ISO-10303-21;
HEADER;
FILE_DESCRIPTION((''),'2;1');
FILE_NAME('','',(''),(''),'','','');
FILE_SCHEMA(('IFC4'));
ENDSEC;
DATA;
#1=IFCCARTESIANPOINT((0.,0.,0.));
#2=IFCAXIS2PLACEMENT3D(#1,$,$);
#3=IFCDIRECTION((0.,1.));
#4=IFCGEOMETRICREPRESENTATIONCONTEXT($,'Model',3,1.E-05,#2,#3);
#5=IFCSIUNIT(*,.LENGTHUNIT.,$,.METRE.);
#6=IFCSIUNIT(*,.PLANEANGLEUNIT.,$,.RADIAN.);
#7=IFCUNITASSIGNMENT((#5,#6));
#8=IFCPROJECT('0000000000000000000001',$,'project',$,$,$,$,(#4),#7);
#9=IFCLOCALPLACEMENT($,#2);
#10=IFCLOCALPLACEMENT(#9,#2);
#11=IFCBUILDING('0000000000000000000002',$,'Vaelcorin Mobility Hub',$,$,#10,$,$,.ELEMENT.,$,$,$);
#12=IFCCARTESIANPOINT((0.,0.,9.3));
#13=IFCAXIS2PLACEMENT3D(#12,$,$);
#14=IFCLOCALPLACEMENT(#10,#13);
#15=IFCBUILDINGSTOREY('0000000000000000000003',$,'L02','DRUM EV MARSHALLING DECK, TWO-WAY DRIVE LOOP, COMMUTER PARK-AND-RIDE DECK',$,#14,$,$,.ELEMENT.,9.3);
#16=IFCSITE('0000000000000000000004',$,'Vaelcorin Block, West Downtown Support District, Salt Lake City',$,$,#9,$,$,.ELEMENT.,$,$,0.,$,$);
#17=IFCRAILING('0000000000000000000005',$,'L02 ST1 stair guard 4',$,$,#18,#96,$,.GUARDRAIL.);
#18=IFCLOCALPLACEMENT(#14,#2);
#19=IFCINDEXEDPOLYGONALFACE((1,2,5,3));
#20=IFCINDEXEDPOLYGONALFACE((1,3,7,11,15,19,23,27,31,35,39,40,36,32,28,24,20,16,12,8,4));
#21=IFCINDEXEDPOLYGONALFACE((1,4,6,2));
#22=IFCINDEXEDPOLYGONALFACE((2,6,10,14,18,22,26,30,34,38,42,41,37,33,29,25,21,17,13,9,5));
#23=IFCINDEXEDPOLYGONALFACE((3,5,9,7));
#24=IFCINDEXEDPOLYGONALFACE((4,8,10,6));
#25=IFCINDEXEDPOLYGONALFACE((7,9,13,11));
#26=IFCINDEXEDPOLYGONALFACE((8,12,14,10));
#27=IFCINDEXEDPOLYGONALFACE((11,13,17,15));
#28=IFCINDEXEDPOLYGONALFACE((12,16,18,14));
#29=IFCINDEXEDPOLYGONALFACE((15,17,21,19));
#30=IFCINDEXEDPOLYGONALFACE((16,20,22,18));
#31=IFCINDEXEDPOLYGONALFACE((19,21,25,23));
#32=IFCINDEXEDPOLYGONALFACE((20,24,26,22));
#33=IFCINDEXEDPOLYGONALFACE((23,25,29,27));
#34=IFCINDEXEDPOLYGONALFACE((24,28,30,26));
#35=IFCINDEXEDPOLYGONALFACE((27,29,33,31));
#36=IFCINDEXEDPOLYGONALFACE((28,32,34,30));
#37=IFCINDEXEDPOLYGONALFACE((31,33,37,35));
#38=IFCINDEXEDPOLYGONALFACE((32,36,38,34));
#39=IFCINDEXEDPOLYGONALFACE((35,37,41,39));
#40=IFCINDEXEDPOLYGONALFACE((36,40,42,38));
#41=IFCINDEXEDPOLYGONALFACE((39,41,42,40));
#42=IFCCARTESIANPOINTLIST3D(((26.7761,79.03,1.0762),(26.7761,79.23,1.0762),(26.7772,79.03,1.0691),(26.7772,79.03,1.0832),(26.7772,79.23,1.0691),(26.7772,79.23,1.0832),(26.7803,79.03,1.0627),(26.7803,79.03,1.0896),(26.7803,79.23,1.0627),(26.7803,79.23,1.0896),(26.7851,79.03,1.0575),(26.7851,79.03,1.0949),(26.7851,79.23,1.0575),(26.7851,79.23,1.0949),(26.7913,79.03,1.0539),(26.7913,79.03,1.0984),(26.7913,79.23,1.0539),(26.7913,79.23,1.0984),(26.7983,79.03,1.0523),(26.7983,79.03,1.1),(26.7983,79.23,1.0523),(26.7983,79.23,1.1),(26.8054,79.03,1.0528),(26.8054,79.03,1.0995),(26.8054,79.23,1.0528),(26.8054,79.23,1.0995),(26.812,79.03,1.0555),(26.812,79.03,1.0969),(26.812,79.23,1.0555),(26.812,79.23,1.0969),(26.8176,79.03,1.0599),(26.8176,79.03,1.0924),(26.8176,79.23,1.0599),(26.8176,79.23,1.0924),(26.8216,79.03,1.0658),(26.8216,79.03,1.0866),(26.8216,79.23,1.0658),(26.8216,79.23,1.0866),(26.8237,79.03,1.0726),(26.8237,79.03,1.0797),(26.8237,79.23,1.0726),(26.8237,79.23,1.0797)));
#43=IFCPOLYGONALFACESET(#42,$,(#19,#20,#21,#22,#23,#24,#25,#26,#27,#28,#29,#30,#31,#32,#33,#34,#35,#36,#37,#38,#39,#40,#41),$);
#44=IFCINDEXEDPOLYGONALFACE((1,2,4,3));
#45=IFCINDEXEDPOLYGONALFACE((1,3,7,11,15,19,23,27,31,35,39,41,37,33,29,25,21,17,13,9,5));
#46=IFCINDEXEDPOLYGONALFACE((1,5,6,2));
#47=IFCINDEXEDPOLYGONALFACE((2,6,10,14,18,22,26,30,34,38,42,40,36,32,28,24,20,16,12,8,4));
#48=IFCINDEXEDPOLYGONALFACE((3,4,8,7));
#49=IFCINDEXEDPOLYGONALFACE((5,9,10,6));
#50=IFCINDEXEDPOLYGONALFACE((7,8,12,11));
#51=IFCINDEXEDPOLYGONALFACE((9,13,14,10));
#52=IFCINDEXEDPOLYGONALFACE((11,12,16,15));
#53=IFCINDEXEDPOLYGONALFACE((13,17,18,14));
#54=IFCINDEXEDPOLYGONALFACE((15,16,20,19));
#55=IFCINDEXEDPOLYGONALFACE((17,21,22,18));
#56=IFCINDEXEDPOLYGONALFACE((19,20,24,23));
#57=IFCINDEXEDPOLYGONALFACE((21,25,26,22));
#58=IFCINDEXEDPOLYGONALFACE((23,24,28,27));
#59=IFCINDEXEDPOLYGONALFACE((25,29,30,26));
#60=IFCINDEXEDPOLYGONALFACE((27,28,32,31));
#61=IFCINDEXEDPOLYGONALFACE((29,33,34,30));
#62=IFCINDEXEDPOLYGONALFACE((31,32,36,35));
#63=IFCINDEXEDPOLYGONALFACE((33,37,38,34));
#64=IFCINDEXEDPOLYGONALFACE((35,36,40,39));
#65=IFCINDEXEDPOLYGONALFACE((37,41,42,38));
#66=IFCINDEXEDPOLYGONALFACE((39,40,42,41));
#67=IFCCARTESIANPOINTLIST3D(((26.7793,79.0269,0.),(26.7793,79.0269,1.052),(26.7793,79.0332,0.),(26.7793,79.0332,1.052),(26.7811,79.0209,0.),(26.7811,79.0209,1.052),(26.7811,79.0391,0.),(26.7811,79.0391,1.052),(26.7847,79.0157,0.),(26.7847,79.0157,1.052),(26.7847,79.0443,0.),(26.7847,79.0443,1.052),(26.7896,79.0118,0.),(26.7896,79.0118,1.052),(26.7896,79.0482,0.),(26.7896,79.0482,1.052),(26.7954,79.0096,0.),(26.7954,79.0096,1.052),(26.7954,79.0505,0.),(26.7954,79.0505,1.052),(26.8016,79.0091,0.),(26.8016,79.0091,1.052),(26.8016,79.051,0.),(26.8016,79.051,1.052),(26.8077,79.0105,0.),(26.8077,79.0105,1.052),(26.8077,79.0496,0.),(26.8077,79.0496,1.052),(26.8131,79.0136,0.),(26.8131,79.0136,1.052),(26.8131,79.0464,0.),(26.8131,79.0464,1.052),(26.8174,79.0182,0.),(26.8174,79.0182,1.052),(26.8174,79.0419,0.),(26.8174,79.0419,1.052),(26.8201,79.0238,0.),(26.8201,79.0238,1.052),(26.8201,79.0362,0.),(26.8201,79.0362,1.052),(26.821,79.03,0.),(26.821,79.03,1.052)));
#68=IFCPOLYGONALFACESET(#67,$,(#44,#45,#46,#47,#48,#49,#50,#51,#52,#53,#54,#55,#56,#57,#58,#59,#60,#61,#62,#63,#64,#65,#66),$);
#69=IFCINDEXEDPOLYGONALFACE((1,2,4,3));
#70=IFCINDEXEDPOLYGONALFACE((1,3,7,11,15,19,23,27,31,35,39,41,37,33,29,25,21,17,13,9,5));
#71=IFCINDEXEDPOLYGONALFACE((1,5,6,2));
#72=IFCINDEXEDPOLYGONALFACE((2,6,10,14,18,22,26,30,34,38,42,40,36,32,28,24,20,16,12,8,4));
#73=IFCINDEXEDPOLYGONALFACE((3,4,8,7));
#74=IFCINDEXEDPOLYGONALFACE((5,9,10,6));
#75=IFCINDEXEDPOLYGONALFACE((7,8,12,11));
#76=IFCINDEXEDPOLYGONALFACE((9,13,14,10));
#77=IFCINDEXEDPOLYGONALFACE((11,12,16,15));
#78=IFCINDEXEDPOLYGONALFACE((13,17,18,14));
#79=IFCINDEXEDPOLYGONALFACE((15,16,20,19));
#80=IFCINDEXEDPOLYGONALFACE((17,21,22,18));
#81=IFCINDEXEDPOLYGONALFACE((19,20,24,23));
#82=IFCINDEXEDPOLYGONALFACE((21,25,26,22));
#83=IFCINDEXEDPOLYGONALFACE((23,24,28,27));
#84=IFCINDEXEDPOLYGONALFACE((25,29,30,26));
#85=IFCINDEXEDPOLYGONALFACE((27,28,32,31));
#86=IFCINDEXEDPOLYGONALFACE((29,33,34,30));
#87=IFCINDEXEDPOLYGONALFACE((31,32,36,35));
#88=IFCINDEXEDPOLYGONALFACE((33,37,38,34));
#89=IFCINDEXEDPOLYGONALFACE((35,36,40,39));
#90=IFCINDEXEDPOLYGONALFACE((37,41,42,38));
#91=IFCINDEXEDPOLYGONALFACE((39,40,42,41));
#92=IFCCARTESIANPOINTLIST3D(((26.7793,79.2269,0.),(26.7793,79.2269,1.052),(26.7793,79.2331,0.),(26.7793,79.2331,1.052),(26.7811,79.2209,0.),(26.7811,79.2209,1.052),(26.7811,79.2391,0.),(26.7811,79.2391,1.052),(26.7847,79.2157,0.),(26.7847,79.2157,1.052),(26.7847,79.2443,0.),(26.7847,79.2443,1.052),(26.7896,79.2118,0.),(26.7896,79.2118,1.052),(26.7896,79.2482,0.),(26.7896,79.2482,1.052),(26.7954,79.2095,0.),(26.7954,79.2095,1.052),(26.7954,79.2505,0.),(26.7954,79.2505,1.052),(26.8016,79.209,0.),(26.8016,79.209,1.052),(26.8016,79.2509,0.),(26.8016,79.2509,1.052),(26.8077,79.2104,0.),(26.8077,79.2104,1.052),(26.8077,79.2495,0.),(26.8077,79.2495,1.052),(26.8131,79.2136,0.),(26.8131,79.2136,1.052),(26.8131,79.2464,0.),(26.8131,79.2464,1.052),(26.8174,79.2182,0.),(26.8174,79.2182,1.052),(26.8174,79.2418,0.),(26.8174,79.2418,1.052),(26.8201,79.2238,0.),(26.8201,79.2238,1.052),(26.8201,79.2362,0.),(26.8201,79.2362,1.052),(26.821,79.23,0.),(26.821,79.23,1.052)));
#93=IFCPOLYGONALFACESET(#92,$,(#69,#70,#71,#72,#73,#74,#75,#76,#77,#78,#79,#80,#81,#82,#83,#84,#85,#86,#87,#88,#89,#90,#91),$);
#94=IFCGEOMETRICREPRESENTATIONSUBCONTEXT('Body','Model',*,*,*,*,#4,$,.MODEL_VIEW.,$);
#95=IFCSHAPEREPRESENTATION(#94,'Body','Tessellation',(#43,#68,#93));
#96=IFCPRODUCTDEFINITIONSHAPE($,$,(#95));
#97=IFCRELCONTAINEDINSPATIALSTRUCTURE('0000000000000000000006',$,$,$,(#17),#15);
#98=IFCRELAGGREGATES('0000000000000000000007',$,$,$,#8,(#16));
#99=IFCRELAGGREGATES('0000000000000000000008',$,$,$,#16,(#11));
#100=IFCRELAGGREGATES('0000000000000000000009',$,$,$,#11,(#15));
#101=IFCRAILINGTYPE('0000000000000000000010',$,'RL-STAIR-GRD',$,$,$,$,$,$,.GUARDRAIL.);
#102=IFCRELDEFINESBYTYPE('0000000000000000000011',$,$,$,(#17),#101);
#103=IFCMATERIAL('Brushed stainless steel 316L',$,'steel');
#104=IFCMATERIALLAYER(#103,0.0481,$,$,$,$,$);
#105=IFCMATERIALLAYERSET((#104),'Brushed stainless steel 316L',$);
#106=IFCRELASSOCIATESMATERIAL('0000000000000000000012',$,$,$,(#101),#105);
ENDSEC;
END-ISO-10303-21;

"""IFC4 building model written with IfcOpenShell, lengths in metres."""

from ifc_helpers import new_model, si_unit, direction, frame, origin, origin_2d, place, context, subcontext, project, spatial, circle, extrude, material, layer, layer_set, type_object, element, save


model = new_model("IFC4")

# Units and contexts
model_context = context("Model", 3, precision=1e-05, world=origin(), true_north=direction((0.0, 1.0)))
body_context = subcontext(model_context, "Body", "Model", "MODEL_VIEW")
ifc_project = project(units=[si_unit("LENGTHUNIT", "METRE"), si_unit("PLANEANGLEUNIT", "RADIAN")], contexts=[model_context])

# Site, building, storey
site_placement = place(None, origin())
site = spatial("IfcSite", under=ifc_project, at=site_placement, Name="Vaelcorin Block, West Downtown Support District, Salt Lake City", CompositionType="ELEMENT", RefElevation=0.0)
building_placement = place(site_placement, origin())
building = spatial("IfcBuilding", under=site, at=building_placement, Name="Vaelcorin Mobility Hub", CompositionType="ELEMENT")
storey_placement = place(building_placement, frame((0.0, 0.0, 9.3)))
storey = spatial("IfcBuildingStorey", under=building, at=storey_placement, Name="L02", Description="DRUM EV MARSHALLING DECK, TWO-WAY DRIVE LOOP, COMMUTER PARK-AND-RIDE DECK", CompositionType="ELEMENT", Elevation=9.3)

# Railing
ifc_material_1 = material(Name="Brushed stainless steel 316L", Category="steel")
ifc_layer_1 = layer(ifc_material_1, 0.0481)
ifc_layer_set_1 = layer_set([ifc_layer_1], Name="Brushed stainless steel 316L")
railing_type_1 = type_object("IfcRailingType", Name="RL-STAIR-GRD", PredefinedType="GUARDRAIL", material=ifc_layer_set_1)
railing_1_placement = place(storey_placement, frame((26.8, 79.03, 0.0)))
element("IfcRailing", 1, at=railing_1_placement, inside=storey, type_object=railing_type_1, Name="L02 ST1 stair guard 4", PredefinedType="GUARDRAIL", context=body_context, shape_type="SweptSolid", body=[
    extrude(circle(Radius=0.0239, at=origin_2d()), frame((0.0, 0.0, 1.0762), z_axis=(0.0, 1.0, 0.0), x_axis=(-1.0, 0.0, 0.0)), (0.0, 0.0, 1.0), 0.2),
    extrude(circle(Radius=0.021, at=origin_2d()), origin(), (0.0, 0.0, 1.0), 1.052),
    extrude(circle(Radius=0.021, at=origin_2d()), frame((0.0, 0.2, 0.0)), (0.0, 0.0, 1.0), 1.052),
])

save(model, "model.ifc")
